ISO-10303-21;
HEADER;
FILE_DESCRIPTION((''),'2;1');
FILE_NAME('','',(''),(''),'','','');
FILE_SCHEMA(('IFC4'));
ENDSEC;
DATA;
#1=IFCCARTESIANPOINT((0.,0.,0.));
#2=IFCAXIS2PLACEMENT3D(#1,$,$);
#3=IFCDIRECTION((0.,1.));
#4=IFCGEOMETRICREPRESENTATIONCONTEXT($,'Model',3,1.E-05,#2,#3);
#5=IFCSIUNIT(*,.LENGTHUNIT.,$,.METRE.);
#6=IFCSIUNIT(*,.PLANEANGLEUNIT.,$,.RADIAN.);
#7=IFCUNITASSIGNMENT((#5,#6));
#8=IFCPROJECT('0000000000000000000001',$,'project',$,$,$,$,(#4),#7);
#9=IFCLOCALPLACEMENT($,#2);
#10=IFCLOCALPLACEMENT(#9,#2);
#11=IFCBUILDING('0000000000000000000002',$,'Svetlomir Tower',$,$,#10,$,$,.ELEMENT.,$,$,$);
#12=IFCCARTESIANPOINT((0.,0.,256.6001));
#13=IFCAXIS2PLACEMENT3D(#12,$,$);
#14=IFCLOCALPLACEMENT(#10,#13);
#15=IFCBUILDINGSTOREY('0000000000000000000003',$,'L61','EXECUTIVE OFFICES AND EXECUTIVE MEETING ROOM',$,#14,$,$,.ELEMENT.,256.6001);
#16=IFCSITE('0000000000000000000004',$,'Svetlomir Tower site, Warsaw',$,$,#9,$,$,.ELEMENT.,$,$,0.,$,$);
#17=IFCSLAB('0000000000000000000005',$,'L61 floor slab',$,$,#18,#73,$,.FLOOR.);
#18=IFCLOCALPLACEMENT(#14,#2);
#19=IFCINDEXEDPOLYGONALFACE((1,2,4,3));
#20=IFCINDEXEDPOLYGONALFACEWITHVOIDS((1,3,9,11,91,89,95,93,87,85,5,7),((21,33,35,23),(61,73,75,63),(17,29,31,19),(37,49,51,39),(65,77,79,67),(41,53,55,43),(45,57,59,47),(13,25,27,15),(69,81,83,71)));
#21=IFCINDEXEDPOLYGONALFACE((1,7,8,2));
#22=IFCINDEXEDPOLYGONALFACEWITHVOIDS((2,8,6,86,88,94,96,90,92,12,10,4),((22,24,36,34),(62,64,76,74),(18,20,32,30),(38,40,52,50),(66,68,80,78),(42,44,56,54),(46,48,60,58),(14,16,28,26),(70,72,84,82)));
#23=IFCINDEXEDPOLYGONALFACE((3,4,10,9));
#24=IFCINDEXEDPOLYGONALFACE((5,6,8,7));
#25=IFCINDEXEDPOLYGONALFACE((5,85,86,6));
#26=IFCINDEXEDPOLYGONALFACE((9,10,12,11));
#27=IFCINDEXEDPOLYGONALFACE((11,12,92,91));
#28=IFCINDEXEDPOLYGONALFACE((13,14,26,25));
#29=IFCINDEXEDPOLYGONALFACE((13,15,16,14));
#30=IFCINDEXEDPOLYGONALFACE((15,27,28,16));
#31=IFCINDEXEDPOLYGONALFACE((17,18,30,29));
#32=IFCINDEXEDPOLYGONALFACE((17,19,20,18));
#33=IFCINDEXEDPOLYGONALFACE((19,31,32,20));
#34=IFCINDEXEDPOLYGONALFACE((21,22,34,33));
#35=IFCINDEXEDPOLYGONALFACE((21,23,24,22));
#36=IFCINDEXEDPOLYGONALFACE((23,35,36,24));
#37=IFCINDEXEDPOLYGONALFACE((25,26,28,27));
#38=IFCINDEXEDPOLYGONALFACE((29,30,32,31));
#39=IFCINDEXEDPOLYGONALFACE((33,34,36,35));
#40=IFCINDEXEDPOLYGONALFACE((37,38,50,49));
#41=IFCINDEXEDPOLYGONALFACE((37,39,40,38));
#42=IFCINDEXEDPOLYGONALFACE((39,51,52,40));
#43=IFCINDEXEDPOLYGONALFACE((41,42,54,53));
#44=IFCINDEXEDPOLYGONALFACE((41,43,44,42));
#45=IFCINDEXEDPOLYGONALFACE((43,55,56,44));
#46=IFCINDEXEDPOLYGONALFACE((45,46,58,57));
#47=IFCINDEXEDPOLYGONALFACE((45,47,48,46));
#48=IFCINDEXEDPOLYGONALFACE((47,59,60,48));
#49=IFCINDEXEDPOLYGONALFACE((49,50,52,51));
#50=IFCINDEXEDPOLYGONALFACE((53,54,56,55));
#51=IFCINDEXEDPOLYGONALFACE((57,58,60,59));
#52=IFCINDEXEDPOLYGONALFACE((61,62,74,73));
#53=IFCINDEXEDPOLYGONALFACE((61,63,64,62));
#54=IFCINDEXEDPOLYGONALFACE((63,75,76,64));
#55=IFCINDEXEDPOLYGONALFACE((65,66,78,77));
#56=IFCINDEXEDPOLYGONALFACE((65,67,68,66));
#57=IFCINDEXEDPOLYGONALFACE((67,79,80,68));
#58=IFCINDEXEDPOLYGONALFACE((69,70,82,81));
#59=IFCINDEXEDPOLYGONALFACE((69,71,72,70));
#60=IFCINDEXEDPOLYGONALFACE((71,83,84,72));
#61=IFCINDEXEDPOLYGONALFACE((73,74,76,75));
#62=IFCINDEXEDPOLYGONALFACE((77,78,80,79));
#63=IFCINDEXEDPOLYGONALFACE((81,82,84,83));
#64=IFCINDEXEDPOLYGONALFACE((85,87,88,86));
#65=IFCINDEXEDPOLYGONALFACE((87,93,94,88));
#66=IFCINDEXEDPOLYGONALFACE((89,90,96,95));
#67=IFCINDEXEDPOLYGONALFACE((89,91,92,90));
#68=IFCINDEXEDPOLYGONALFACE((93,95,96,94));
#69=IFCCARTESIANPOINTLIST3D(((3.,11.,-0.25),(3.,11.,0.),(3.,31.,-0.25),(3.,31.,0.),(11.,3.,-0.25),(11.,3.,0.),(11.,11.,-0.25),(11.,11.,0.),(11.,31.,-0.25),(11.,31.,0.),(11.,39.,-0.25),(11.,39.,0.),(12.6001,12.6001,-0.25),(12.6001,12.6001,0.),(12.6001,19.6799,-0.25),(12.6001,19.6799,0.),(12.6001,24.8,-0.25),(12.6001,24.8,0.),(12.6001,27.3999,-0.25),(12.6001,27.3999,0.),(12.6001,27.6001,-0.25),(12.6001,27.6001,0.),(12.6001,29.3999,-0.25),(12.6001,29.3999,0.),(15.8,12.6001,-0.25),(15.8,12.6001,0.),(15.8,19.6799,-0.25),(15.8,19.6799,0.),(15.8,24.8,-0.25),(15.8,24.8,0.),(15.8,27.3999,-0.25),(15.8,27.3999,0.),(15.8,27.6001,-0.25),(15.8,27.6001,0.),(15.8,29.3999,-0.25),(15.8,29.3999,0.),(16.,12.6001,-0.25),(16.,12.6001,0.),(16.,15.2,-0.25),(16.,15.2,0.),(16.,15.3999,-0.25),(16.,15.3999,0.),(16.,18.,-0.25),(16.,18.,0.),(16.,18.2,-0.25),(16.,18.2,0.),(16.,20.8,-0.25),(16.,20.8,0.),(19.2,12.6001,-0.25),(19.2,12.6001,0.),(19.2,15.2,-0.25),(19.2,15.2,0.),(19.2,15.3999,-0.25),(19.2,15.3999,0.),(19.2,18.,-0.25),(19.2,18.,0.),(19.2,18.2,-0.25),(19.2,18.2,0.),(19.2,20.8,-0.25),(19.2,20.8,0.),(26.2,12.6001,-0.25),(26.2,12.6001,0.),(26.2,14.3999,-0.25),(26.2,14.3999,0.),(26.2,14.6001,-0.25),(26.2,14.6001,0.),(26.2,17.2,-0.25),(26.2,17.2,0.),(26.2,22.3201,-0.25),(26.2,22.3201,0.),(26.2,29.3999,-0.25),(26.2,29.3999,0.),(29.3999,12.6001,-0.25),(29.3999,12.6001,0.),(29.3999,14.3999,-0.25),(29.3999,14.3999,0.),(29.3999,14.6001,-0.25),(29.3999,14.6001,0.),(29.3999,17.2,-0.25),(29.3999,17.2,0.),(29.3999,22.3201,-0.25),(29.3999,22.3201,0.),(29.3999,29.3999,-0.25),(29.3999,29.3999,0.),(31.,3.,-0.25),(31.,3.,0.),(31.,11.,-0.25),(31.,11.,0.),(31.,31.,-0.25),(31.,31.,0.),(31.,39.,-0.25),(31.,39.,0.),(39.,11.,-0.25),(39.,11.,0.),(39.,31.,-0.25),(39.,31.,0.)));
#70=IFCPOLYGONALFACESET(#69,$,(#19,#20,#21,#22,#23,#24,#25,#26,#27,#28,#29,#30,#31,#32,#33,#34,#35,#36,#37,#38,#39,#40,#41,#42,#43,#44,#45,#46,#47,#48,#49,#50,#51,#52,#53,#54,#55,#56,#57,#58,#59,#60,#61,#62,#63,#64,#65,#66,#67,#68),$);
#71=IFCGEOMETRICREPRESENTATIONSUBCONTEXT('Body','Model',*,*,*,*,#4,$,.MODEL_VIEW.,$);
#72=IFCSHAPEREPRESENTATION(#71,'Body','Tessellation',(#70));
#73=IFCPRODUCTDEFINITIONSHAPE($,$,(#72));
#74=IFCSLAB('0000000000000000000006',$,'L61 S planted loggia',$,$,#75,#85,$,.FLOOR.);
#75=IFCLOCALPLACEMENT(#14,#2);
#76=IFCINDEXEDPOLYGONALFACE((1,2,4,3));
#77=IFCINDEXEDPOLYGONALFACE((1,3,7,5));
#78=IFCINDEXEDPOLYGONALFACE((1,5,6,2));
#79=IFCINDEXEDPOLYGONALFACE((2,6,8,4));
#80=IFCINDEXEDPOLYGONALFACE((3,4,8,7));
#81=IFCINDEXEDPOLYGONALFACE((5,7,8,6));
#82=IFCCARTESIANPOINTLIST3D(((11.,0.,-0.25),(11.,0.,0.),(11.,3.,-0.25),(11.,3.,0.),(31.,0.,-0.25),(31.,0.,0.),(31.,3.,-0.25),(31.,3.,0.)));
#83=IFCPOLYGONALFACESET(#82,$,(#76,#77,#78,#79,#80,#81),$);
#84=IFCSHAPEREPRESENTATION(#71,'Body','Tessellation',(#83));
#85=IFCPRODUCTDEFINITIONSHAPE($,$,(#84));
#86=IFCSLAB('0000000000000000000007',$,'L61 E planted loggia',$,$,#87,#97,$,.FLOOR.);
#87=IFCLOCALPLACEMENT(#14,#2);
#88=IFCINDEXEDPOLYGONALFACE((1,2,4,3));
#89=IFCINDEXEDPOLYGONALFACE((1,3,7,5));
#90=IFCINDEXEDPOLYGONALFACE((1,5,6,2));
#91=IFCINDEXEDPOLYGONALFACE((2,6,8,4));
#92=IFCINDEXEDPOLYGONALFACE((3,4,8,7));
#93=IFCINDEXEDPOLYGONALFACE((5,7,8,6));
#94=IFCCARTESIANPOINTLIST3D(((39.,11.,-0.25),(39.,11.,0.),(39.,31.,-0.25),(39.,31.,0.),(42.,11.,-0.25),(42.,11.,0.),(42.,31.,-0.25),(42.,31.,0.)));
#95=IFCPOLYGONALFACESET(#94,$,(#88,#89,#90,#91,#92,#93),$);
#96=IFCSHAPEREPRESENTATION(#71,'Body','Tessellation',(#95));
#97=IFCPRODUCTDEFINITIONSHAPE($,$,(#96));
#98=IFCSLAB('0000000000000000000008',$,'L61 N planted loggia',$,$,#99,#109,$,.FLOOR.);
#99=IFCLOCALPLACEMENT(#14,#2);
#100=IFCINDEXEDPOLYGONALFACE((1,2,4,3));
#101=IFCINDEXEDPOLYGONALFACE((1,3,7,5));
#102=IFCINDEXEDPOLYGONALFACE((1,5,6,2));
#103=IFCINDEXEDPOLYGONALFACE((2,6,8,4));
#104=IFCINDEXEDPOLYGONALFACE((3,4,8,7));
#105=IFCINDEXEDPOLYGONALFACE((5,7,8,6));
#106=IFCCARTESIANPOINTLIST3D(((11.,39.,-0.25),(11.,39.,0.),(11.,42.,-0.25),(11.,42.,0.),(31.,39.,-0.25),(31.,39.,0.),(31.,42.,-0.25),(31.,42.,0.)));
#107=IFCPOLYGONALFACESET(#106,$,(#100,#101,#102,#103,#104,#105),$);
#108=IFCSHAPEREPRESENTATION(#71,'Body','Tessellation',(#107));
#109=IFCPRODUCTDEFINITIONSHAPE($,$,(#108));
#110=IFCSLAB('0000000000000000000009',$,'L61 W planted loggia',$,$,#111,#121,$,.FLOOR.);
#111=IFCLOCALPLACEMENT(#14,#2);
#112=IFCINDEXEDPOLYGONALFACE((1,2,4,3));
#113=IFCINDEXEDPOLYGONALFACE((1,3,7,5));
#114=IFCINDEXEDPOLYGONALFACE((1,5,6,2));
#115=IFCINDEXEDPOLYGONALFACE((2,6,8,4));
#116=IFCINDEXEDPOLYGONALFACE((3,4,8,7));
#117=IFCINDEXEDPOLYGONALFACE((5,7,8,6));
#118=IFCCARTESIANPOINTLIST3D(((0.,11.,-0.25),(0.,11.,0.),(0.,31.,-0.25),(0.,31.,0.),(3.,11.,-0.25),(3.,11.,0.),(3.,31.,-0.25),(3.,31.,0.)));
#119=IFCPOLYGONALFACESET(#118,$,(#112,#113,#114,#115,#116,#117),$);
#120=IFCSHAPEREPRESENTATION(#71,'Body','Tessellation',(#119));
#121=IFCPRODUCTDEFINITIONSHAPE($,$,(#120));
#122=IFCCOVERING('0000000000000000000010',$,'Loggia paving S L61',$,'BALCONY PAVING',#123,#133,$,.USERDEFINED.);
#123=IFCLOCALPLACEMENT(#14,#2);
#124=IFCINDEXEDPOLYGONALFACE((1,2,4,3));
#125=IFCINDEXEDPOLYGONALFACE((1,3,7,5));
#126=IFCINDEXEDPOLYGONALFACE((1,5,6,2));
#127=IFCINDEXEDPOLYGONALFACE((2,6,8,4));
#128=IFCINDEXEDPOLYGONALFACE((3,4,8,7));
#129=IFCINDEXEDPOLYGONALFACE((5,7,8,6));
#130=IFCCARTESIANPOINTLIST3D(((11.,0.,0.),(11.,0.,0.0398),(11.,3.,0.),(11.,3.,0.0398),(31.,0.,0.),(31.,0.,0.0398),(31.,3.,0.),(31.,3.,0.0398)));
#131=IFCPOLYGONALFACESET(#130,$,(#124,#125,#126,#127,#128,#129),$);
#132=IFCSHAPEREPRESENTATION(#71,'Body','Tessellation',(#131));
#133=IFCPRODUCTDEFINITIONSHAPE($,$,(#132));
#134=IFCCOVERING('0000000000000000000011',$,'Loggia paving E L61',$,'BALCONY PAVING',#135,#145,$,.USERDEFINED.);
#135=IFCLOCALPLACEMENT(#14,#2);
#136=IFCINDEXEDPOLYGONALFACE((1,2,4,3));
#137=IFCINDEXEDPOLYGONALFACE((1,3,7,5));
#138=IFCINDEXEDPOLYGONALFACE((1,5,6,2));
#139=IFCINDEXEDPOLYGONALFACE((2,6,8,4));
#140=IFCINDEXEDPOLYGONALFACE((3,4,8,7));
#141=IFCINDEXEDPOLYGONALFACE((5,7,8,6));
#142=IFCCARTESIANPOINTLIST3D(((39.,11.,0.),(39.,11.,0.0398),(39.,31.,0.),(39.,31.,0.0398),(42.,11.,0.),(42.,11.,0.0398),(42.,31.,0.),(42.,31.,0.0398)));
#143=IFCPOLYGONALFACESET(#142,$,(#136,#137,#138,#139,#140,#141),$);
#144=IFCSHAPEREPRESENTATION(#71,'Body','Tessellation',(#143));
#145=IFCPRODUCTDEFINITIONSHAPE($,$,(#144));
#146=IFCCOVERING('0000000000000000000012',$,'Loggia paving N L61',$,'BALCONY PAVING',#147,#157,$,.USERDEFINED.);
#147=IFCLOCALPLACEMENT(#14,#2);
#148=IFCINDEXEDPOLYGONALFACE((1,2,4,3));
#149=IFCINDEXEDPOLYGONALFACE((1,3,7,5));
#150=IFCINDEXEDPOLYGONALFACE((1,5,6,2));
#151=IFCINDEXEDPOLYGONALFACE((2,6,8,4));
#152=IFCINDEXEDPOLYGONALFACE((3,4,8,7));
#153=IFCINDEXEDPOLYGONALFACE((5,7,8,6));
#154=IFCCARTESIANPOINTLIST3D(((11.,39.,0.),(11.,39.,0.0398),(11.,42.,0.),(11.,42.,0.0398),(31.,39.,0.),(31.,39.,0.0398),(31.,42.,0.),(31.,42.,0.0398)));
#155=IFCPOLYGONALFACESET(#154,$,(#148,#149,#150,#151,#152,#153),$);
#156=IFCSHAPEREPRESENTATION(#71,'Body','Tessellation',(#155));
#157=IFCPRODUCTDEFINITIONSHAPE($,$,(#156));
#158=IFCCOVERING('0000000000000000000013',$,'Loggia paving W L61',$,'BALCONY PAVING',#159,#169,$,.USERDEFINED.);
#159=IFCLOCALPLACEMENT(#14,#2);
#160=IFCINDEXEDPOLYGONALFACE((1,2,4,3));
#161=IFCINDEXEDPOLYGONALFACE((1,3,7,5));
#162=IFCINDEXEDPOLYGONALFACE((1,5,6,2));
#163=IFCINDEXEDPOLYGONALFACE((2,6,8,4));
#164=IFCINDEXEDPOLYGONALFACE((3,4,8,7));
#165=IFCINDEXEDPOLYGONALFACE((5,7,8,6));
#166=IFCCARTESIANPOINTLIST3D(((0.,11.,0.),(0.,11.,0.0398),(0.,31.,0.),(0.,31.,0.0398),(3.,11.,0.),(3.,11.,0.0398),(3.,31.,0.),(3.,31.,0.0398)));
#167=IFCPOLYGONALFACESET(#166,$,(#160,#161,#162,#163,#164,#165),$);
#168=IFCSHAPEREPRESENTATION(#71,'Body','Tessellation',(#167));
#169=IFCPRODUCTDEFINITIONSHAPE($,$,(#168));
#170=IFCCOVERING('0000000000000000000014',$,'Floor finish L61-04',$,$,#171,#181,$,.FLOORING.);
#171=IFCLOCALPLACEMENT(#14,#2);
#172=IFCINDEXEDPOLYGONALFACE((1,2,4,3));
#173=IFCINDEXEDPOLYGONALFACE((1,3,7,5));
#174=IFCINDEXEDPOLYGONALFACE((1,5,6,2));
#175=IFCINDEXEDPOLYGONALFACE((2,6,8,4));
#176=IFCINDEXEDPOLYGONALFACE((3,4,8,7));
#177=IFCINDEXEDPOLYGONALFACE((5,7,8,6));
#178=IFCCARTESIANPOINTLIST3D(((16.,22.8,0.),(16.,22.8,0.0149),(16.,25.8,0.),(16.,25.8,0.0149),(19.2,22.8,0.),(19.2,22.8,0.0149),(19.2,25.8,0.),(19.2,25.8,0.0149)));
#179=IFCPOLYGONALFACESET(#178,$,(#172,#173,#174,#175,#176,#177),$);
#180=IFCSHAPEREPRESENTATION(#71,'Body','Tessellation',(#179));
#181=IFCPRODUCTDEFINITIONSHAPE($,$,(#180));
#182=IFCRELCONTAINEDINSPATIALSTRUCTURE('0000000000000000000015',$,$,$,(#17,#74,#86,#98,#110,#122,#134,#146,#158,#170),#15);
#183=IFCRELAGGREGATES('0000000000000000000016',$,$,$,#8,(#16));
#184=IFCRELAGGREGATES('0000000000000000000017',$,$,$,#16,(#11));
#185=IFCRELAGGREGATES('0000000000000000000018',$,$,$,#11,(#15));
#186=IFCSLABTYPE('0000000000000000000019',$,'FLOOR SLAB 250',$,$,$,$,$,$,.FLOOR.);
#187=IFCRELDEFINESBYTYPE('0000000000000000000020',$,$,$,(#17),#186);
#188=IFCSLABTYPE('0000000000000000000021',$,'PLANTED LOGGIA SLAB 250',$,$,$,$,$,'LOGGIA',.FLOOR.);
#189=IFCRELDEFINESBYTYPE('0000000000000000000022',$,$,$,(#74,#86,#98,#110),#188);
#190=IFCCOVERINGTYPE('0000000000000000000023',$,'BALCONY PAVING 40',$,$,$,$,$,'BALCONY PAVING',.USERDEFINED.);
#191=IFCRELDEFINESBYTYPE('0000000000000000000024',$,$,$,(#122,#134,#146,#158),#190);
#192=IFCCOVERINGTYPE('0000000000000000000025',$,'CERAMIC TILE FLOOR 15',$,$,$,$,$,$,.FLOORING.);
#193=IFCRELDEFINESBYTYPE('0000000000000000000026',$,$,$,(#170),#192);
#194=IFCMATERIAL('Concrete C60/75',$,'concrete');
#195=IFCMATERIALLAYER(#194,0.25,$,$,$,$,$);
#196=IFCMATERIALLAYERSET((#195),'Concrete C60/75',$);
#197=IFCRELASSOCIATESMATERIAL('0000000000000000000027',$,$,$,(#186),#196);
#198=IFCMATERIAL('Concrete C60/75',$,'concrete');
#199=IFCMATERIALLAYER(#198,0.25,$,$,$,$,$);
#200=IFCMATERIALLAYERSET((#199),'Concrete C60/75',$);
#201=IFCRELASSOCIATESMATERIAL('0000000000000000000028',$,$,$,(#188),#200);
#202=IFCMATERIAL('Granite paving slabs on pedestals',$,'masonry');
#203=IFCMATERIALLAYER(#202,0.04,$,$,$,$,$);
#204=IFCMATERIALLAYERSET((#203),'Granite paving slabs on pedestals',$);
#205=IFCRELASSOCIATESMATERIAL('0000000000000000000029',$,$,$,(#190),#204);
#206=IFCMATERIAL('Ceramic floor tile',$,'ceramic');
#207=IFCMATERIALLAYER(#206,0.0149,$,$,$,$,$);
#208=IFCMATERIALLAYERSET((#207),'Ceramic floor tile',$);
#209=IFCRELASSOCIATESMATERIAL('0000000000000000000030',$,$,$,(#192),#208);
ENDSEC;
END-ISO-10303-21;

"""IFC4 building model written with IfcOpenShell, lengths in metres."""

from ifc_helpers import new_model, si_unit, direction, frame, origin, place, context, subcontext, project, spatial, polyline, outline, extrude, material, layer, layer_set, type_object, element, save


model = new_model("IFC4")

# Units and contexts
model_context = context("Model", 3, precision=1e-05, world=origin(), true_north=direction((0.0, 1.0)))
body_context = subcontext(model_context, "Body", "Model", "MODEL_VIEW")
ifc_project = project(units=[si_unit("LENGTHUNIT", "METRE"), si_unit("PLANEANGLEUNIT", "RADIAN")], contexts=[model_context])

# Site, building, storey
site_placement = place(None, origin())
site = spatial("IfcSite", under=ifc_project, at=site_placement, Name="Svetlomir Tower site, Warsaw", CompositionType="ELEMENT", RefElevation=0.0)
building_placement = place(site_placement, origin())
building = spatial("IfcBuilding", under=site, at=building_placement, Name="Svetlomir Tower", CompositionType="ELEMENT")
storey_placement = place(building_placement, frame((0.0, 0.0, 256.6001)))
storey = spatial("IfcBuildingStorey", under=building, at=storey_placement, Name="L61", Description="EXECUTIVE OFFICES AND EXECUTIVE MEETING ROOM", CompositionType="ELEMENT", Elevation=256.6001)

# Slabs
ifc_material_1 = material(Name="Concrete C60/75", Category="concrete")
ifc_layer_1 = layer(ifc_material_1, 0.25)
ifc_layer_set_1 = layer_set([ifc_layer_1], Name="Concrete C60/75")
slab_type_1 = type_object("IfcSlabType", Name="FLOOR SLAB 250", PredefinedType="FLOOR", material=ifc_layer_set_1)
slab_1_placement = place(storey_placement, frame((0.0, 0.0, -0.25)))
element("IfcSlab", 1, at=slab_1_placement, inside=storey, type_object=slab_type_1, Name="L61 floor slab", PredefinedType="FLOOR", context=body_context, shape_type="SweptSolid", body=[
    extrude(outline(polyline([(11.0, 3.0), (31.0, 3.0), (31.0, 11.0), (39.0, 11.0), (39.0, 31.0), (31.0, 31.0), (31.0, 39.0), (11.0, 39.0), (11.0, 31.0), (3.0, 31.0), (3.0, 11.0), (11.0, 11.0), (11.0, 3.0)]), holes=[polyline([(12.6001, 24.8), (15.8, 24.8), (15.8, 27.3999), (12.6001, 27.3999), (12.6001, 24.8)]), polyline([(26.2, 14.6001), (29.3999, 14.6001), (29.3999, 17.2), (26.2, 17.2), (26.2, 14.6001)]), polyline([(16.0, 12.6001), (19.2, 12.6001), (19.2, 15.2), (16.0, 15.2), (16.0, 12.6001)]), polyline([(16.0, 15.3999), (19.2, 15.3999), (19.2, 18.0), (16.0, 18.0), (16.0, 15.3999)]), polyline([(16.0, 18.2), (19.2, 18.2), (19.2, 20.8), (16.0, 20.8), (16.0, 18.2)]), polyline([(12.6001, 27.6001), (15.8, 27.6001), (15.8, 29.3999), (12.6001, 29.3999), (12.6001, 27.6001)]), polyline([(26.2, 12.6001), (29.3999, 12.6001), (29.3999, 14.3999), (26.2, 14.3999), (26.2, 12.6001)]), polyline([(12.6001, 12.6001), (15.8, 12.6001), (15.8, 19.6799), (12.6001, 19.6799), (12.6001, 12.6001)]), polyline([(26.2, 22.3201), (29.3999, 22.3201), (29.3999, 29.3999), (26.2, 29.3999), (26.2, 22.3201)])]), origin(), (0.0, 0.0, 1.0), 0.25),
])
ifc_material_2 = material(Name="Concrete C60/75", Category="concrete")
ifc_layer_2 = layer(ifc_material_2, 0.25)
ifc_layer_set_2 = layer_set([ifc_layer_2], Name="Concrete C60/75")
slab_type_2 = type_object("IfcSlabType", Name="PLANTED LOGGIA SLAB 250", ElementType="LOGGIA", PredefinedType="FLOOR", material=ifc_layer_set_2)
slab_2_placement = place(storey_placement, frame((0.0, 0.0, -0.25)))
element("IfcSlab", 2, at=slab_2_placement, inside=storey, type_object=slab_type_2, Name="L61 S planted loggia", PredefinedType="FLOOR", context=body_context, shape_type="SweptSolid", body=[
    extrude(outline(polyline([(11.0, 0.0), (31.0, 0.0), (31.0, 3.0), (11.0, 3.0), (11.0, 0.0)])), origin(), (0.0, 0.0, 1.0), 0.25),
])
slab_3_placement = place(storey_placement, frame((0.0, 0.0, -0.25)))
element("IfcSlab", 3, at=slab_3_placement, inside=storey, type_object=slab_type_2, Name="L61 E planted loggia", PredefinedType="FLOOR", context=body_context, shape_type="SweptSolid", body=[
    extrude(outline(polyline([(39.0, 11.0), (42.0, 11.0), (42.0, 31.0), (39.0, 31.0), (39.0, 11.0)])), origin(), (0.0, 0.0, 1.0), 0.25),
])
slab_4_placement = place(storey_placement, frame((0.0, 0.0, -0.25)))
element("IfcSlab", 4, at=slab_4_placement, inside=storey, type_object=slab_type_2, Name="L61 N planted loggia", PredefinedType="FLOOR", context=body_context, shape_type="SweptSolid", body=[
    extrude(outline(polyline([(11.0, 39.0), (31.0, 39.0), (31.0, 42.0), (11.0, 42.0), (11.0, 39.0)])), origin(), (0.0, 0.0, 1.0), 0.25),
])
slab_5_placement = place(storey_placement, frame((0.0, 0.0, -0.25)))
element("IfcSlab", 5, at=slab_5_placement, inside=storey, type_object=slab_type_2, Name="L61 W planted loggia", PredefinedType="FLOOR", context=body_context, shape_type="SweptSolid", body=[
    extrude(outline(polyline([(0.0, 11.0), (3.0, 11.0), (3.0, 31.0), (0.0, 31.0), (0.0, 11.0)])), origin(), (0.0, 0.0, 1.0), 0.25),
])

# Coverings
ifc_material_3 = material(Name="Granite paving slabs on pedestals", Category="masonry")
ifc_layer_3 = layer(ifc_material_3, 0.04)
ifc_layer_set_3 = layer_set([ifc_layer_3], Name="Granite paving slabs on pedestals")
covering_type_1 = type_object("IfcCoveringType", Name="BALCONY PAVING 40", ElementType="BALCONY PAVING", PredefinedType="USERDEFINED", material=ifc_layer_set_3)
covering_1_placement = place(storey_placement, origin())
element("IfcCovering", 6, at=covering_1_placement, inside=storey, type_object=covering_type_1, Name="Loggia paving S L61", ObjectType="BALCONY PAVING", PredefinedType="USERDEFINED", context=body_context, shape_type="SweptSolid", body=[
    extrude(outline(polyline([(11.0, 0.0), (31.0, 0.0), (31.0, 3.0), (11.0, 3.0), (11.0, 0.0)])), origin(), (0.0, 0.0, 1.0), 0.0398),
])
covering_2_placement = place(storey_placement, origin())
element("IfcCovering", 7, at=covering_2_placement, inside=storey, type_object=covering_type_1, Name="Loggia paving E L61", ObjectType="BALCONY PAVING", PredefinedType="USERDEFINED", context=body_context, shape_type="SweptSolid", body=[
    extrude(outline(polyline([(39.0, 11.0), (42.0, 11.0), (42.0, 31.0), (39.0, 31.0), (39.0, 11.0)])), origin(), (0.0, 0.0, 1.0), 0.0398),
])
covering_3_placement = place(storey_placement, origin())
element("IfcCovering", 8, at=covering_3_placement, inside=storey, type_object=covering_type_1, Name="Loggia paving N L61", ObjectType="BALCONY PAVING", PredefinedType="USERDEFINED", context=body_context, shape_type="SweptSolid", body=[
    extrude(outline(polyline([(11.0, 39.0), (31.0, 39.0), (31.0, 42.0), (11.0, 42.0), (11.0, 39.0)])), origin(), (0.0, 0.0, 1.0), 0.0398),
])
covering_4_placement = place(storey_placement, origin())
element("IfcCovering", 9, at=covering_4_placement, inside=storey, type_object=covering_type_1, Name="Loggia paving W L61", ObjectType="BALCONY PAVING", PredefinedType="USERDEFINED", context=body_context, shape_type="SweptSolid", body=[
    extrude(outline(polyline([(0.0, 11.0), (3.0, 11.0), (3.0, 31.0), (0.0, 31.0), (0.0, 11.0)])), origin(), (0.0, 0.0, 1.0), 0.0398),
])
ifc_material_4 = material(Name="Ceramic floor tile", Category="ceramic")
ifc_layer_4 = layer(ifc_material_4, 0.0149)
ifc_layer_set_4 = layer_set([ifc_layer_4], Name="Ceramic floor tile")
covering_type_2 = type_object("IfcCoveringType", Name="CERAMIC TILE FLOOR 15", PredefinedType="FLOORING", material=ifc_layer_set_4)
covering_5_placement = place(storey_placement, origin())
element("IfcCovering", 10, at=covering_5_placement, inside=storey, type_object=covering_type_2, Name="Floor finish L61-04", PredefinedType="FLOORING", context=body_context, shape_type="SweptSolid", body=[
    extrude(outline(polyline([(16.0, 22.8), (19.2, 22.8), (19.2, 25.8), (16.0, 25.8), (16.0, 22.8)])), origin(), (0.0, 0.0, 1.0), 0.0149),
])

save(model, "model.ifc")
